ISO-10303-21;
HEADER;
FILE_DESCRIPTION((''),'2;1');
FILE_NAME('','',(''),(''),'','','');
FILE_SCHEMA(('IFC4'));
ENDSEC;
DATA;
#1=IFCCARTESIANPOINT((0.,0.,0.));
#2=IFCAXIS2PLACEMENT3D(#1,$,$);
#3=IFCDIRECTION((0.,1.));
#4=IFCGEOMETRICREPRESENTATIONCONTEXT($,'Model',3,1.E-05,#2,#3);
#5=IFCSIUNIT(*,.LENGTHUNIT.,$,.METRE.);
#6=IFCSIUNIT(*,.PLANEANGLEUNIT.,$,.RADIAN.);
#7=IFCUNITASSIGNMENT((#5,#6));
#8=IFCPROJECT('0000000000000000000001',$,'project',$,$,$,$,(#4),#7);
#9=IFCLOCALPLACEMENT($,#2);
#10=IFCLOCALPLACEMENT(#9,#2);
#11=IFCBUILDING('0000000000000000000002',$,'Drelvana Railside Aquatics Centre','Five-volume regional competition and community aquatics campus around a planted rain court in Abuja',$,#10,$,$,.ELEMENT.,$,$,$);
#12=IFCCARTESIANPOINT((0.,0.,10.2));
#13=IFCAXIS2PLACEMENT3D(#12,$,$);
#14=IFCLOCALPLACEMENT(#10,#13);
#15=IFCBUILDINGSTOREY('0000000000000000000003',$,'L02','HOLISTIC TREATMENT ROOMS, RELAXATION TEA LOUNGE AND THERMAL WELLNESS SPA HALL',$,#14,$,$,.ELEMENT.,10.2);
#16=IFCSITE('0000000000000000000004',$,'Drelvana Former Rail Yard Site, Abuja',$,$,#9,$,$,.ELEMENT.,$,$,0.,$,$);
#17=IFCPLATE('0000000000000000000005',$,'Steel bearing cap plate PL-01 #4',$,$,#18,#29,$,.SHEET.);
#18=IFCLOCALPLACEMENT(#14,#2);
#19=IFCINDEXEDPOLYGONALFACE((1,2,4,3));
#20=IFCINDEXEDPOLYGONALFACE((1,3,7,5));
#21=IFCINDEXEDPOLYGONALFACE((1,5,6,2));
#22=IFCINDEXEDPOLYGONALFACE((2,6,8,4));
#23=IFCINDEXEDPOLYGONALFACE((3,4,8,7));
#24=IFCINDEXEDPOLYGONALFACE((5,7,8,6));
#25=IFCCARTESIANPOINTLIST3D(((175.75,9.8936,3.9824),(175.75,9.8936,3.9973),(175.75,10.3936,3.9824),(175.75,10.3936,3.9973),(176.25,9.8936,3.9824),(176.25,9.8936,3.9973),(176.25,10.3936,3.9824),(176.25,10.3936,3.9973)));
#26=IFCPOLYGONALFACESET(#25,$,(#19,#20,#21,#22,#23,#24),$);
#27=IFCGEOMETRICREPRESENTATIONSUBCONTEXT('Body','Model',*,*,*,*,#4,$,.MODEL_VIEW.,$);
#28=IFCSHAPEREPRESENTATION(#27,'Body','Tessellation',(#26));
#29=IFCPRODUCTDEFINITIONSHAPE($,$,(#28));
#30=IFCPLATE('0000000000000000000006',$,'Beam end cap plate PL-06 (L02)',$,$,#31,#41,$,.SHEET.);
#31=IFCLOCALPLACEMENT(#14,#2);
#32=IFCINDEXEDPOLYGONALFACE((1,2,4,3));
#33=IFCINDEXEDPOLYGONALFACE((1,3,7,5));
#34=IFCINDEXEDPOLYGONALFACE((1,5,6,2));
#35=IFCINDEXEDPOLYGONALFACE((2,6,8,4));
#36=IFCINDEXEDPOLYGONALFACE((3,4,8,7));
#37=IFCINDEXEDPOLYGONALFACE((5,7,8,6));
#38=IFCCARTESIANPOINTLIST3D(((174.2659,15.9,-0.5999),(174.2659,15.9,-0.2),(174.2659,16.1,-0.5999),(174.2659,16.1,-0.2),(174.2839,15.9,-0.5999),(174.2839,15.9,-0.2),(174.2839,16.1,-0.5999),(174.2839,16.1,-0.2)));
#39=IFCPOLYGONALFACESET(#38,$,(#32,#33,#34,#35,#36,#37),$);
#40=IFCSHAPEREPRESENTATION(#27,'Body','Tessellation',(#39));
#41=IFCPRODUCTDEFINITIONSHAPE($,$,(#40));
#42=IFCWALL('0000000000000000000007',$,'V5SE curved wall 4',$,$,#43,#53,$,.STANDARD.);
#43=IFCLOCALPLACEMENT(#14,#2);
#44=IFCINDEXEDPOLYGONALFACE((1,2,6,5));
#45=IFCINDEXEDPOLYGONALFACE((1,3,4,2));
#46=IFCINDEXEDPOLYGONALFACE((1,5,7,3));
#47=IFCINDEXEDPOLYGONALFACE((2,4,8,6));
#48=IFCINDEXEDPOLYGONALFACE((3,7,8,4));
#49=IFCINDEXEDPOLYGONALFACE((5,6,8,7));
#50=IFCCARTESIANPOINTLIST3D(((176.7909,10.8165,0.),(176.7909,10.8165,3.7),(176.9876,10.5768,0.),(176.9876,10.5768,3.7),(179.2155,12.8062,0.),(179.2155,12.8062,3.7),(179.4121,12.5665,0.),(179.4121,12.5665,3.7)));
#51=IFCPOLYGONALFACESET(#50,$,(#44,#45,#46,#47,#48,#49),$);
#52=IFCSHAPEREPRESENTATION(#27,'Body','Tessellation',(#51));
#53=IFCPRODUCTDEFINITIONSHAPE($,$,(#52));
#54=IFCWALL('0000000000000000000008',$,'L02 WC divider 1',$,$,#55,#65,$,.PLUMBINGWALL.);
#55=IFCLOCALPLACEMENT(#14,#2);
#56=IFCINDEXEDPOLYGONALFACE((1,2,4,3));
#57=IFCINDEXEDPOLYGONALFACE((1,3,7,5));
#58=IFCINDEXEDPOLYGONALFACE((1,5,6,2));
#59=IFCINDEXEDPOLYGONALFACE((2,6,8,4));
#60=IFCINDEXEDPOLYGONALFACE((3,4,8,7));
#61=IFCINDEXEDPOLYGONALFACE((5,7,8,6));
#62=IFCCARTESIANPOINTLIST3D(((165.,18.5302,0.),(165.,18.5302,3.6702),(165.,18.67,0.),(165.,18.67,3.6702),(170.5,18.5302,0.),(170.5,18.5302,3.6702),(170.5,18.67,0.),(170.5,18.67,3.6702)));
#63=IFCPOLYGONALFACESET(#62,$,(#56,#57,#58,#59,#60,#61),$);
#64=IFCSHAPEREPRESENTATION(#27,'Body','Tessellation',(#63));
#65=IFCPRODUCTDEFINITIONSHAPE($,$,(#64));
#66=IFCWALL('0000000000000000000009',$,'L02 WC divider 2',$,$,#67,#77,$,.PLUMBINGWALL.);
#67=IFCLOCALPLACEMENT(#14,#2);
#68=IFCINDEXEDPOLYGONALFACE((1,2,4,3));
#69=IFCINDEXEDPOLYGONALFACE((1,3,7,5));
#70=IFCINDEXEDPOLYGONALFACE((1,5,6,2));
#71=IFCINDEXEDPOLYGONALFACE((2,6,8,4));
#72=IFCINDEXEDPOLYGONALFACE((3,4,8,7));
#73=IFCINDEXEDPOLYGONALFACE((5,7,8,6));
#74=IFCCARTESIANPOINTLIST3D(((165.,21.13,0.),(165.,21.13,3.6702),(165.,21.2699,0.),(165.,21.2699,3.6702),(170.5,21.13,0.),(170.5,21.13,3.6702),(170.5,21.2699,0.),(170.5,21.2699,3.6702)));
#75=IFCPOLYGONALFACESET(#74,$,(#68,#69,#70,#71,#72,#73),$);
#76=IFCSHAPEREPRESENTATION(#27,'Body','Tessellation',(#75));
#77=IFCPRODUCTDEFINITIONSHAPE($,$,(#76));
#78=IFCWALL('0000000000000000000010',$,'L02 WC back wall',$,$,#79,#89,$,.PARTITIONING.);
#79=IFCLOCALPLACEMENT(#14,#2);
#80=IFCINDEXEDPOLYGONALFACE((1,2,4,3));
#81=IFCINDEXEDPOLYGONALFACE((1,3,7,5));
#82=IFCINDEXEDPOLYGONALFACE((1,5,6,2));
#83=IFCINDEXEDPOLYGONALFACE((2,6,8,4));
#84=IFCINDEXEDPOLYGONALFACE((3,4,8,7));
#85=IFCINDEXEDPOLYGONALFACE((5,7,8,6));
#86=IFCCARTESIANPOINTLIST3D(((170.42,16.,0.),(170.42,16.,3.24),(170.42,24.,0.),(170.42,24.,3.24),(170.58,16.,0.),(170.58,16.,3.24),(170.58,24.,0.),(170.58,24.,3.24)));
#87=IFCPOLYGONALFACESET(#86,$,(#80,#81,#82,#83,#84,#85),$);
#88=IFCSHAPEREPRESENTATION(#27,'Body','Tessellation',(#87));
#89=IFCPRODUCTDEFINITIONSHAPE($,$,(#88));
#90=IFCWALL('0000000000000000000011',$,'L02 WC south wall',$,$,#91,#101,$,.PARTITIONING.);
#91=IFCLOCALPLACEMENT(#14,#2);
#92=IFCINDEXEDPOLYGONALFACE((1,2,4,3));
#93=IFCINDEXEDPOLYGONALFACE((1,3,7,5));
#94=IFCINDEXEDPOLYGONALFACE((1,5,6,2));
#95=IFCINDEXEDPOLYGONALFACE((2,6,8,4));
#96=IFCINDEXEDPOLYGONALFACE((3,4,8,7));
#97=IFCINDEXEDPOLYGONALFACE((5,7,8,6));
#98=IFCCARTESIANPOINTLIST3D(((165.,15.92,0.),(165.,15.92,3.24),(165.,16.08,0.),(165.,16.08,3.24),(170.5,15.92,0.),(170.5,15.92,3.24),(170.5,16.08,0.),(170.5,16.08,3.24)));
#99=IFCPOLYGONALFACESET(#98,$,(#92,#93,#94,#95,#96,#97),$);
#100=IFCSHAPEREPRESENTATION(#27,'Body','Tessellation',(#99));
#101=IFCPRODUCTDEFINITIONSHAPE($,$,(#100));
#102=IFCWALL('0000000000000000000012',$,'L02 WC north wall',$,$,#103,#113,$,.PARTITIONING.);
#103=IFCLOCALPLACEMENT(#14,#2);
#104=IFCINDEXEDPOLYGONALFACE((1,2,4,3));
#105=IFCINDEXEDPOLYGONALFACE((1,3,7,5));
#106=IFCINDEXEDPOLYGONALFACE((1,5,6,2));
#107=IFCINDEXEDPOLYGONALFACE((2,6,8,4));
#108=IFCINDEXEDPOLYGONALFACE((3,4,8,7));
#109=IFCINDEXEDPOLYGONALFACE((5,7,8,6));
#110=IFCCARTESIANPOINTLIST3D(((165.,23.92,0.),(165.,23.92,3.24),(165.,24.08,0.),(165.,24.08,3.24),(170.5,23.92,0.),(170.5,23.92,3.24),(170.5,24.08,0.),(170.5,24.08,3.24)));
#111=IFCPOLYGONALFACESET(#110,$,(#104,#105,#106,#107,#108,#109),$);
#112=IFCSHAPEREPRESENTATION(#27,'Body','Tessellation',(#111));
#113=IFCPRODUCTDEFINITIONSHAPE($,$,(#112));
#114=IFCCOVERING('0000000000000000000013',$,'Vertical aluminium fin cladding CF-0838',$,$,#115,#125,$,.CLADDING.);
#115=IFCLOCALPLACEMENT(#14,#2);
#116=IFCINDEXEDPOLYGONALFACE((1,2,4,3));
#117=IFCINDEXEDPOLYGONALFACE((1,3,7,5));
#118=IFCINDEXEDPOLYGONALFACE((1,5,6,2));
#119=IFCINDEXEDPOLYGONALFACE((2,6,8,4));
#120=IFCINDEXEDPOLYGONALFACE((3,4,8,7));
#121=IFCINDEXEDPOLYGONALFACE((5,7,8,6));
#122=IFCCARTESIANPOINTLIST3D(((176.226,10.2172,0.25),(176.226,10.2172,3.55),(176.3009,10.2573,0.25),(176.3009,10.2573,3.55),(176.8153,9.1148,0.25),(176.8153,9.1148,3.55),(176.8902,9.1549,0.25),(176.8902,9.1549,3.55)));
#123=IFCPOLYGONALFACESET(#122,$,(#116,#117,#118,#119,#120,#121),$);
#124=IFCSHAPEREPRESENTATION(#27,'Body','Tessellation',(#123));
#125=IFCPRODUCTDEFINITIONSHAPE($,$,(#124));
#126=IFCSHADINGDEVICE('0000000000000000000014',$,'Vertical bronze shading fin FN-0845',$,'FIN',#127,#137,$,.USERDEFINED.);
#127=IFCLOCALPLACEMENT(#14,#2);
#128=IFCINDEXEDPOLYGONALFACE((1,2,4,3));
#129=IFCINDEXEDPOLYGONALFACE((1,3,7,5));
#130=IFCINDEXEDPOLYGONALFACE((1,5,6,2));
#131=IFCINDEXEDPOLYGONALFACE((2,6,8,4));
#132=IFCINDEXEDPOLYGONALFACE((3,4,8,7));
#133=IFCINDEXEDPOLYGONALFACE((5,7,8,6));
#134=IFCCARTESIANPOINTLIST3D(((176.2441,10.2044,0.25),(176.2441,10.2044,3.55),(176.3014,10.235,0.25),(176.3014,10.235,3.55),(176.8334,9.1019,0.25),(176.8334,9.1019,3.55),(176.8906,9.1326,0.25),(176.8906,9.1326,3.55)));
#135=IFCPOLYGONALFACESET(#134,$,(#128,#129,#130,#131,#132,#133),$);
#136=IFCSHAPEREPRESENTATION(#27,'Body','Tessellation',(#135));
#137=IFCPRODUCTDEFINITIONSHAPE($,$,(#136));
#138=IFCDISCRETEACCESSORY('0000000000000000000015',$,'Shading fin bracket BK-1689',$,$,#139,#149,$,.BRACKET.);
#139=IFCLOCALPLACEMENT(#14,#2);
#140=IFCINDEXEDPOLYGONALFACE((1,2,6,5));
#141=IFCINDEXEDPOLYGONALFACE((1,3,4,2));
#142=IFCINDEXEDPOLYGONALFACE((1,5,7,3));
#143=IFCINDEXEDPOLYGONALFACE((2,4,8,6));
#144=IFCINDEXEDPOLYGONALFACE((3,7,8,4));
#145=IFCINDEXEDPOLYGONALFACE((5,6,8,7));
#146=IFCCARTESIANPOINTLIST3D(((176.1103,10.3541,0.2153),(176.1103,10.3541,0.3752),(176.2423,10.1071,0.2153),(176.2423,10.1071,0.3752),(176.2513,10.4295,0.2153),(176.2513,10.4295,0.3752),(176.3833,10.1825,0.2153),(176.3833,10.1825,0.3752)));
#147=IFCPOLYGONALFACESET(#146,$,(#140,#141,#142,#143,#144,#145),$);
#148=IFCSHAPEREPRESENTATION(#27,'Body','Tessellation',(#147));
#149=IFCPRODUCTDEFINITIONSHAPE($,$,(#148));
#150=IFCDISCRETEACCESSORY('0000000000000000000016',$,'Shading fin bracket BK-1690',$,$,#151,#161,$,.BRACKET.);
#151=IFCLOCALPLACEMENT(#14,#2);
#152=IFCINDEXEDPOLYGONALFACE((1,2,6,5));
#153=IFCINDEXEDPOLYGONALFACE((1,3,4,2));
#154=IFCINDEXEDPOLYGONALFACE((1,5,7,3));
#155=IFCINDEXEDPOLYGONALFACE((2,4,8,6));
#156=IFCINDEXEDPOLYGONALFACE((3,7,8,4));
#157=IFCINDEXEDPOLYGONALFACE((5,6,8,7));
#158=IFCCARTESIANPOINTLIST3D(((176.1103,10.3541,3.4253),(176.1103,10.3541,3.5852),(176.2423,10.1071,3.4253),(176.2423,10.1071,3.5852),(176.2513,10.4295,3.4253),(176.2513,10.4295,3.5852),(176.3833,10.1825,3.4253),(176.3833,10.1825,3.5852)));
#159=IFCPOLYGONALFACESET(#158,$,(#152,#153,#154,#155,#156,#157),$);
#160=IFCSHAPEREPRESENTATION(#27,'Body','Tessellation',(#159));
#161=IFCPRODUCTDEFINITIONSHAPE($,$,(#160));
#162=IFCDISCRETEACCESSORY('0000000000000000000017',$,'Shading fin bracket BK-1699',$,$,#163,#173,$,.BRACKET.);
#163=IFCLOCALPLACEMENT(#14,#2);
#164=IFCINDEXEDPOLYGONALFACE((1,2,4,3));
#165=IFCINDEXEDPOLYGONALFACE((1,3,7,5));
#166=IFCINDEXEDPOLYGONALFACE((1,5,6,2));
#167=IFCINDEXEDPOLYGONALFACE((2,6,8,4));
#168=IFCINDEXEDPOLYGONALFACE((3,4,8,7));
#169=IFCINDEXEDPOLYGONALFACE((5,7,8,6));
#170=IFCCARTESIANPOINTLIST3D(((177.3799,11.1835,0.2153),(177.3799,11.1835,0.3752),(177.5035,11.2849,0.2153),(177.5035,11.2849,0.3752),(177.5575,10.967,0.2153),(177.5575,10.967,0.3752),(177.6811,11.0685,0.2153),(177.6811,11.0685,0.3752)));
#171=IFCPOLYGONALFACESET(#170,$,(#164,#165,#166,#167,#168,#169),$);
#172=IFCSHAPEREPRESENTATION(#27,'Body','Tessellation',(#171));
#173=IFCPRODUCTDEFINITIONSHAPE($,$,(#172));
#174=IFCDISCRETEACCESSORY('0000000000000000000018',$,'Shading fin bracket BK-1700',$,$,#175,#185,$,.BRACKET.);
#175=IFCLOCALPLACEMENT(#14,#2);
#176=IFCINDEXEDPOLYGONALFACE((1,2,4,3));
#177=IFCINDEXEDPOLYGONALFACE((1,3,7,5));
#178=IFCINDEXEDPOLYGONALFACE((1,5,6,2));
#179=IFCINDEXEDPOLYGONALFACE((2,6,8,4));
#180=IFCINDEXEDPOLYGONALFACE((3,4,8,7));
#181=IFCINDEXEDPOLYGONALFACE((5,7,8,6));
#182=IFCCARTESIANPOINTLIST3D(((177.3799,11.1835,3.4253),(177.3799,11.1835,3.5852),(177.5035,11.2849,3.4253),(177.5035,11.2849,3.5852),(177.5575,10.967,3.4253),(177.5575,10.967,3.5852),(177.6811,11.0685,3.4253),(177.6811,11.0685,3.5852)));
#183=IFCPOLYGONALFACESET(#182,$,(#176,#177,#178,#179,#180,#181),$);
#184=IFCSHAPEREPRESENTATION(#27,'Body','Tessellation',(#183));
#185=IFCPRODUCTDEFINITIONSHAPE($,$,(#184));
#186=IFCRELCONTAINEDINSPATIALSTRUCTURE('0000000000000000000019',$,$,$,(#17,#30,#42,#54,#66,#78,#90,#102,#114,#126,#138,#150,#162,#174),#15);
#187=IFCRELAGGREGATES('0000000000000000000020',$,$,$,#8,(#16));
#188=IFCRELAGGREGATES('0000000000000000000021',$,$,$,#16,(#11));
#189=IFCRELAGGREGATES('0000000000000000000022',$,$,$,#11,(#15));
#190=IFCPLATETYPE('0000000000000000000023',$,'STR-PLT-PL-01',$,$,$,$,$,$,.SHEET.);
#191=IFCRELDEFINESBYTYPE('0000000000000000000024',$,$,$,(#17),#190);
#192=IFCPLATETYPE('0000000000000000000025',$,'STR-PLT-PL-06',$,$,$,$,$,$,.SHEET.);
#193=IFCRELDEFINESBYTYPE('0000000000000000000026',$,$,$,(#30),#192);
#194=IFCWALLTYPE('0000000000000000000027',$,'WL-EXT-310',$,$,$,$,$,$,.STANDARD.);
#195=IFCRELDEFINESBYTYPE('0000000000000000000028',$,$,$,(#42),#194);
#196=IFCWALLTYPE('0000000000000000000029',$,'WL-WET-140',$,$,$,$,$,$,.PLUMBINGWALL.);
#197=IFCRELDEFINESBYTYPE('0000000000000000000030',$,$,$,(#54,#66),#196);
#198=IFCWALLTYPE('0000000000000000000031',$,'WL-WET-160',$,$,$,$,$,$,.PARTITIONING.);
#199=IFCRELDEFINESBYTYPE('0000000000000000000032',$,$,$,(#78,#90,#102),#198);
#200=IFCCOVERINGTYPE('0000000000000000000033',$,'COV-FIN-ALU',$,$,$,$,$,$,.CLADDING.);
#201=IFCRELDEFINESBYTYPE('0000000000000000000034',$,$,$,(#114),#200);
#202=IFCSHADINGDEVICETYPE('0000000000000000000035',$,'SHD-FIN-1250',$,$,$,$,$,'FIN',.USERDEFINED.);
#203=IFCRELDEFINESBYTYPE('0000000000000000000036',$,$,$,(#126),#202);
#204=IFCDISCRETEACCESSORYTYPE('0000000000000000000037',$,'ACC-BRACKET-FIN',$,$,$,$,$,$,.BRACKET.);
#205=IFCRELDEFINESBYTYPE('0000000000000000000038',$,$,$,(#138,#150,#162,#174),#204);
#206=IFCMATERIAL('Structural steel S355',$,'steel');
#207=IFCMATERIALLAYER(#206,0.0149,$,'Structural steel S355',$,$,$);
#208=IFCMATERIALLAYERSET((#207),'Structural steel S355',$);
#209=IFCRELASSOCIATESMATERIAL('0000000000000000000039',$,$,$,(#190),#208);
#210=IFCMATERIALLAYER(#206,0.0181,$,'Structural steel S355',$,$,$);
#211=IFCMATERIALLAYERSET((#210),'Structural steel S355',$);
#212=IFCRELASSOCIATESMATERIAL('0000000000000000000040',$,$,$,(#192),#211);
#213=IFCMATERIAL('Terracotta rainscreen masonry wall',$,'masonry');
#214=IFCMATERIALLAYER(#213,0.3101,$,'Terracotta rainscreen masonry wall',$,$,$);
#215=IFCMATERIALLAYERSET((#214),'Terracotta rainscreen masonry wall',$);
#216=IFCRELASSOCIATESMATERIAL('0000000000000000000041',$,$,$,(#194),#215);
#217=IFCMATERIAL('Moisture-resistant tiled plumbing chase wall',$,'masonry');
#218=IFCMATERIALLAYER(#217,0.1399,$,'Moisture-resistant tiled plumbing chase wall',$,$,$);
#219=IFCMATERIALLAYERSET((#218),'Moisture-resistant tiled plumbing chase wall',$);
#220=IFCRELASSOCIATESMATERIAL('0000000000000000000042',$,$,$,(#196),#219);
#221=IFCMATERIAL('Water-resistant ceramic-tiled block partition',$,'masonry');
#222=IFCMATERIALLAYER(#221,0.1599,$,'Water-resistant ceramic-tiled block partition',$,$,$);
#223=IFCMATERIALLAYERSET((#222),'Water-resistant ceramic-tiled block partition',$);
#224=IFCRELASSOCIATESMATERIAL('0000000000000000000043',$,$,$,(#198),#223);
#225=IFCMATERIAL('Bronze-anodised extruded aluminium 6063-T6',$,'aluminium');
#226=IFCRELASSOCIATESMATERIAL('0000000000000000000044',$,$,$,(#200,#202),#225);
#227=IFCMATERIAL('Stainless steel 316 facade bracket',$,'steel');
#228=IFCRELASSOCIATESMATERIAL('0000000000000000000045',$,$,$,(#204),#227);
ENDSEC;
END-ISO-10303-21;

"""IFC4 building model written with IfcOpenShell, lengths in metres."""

from ifc_helpers import new_model, si_unit, direction, frame, frame_2d, origin, origin_2d, place, context, subcontext, project, spatial, rectangle, extrude, material, layer, layer_set, type_object, element, save


model = new_model("IFC4")

# Units and contexts
model_context = context("Model", 3, precision=1e-05, world=origin(), true_north=direction((0.0, 1.0)))
body_context = subcontext(model_context, "Body", "Model", "MODEL_VIEW")
ifc_project = project(units=[si_unit("LENGTHUNIT", "METRE"), si_unit("PLANEANGLEUNIT", "RADIAN")], contexts=[model_context])

# Site, building, storey
site_placement = place(None, origin())
site = spatial("IfcSite", under=ifc_project, at=site_placement, Name="Drelvana Former Rail Yard Site, Abuja", CompositionType="ELEMENT", RefElevation=0.0)
building_placement = place(site_placement, origin())
building = spatial("IfcBuilding", under=site, at=building_placement, Name="Drelvana Railside Aquatics Centre", Description="Five-volume regional competition and community aquatics campus around a planted rain court in Abuja", CompositionType="ELEMENT")
storey_placement = place(building_placement, frame((0.0, 0.0, 10.2)))
storey = spatial("IfcBuildingStorey", under=building, at=storey_placement, Name="L02", Description="HOLISTIC TREATMENT ROOMS, RELAXATION TEA LOUNGE AND THERMAL WELLNESS SPA HALL", CompositionType="ELEMENT", Elevation=10.2)

# Shared definitions
ifc_material_1 = material(Name="Structural steel S355", Category="steel")

# Plates
ifc_layer_1 = layer(ifc_material_1, 0.0149, Name="Structural steel S355")
ifc_layer_set_1 = layer_set([ifc_layer_1], Name="Structural steel S355")
plate_type_1 = type_object("IfcPlateType", Name="STR-PLT-PL-01", PredefinedType="SHEET", material=ifc_layer_set_1)
plate_1_placement = place(storey_placement, frame((176.0, 10.1436, 3.9824), z_axis=(0.0, 0.0, 1.0), x_axis=(1.0, 0.0, 0.0)))
element("IfcPlate", 1, at=plate_1_placement, inside=storey, type_object=plate_type_1, Name="Steel bearing cap plate PL-01 #4", PredefinedType="SHEET", context=body_context, shape_type="SweptSolid", body=[
    extrude(rectangle(XDim=0.5, YDim=0.5, at=origin_2d()), origin(), (0.0, 0.0, 1.0), 0.0149),
])
ifc_layer_2 = layer(ifc_material_1, 0.0181, Name="Structural steel S355")
ifc_layer_set_2 = layer_set([ifc_layer_2], Name="Structural steel S355")
plate_type_2 = type_object("IfcPlateType", Name="STR-PLT-PL-06", PredefinedType="SHEET", material=ifc_layer_set_2)
plate_2_placement = place(storey_placement, frame((174.2749, 16.0, -0.5999), z_axis=(0.0, 0.0, 1.0), x_axis=(1.0, 0.0, 0.0)))
element("IfcPlate", 2, at=plate_2_placement, inside=storey, type_object=plate_type_2, Name="Beam end cap plate PL-06 (L02)", PredefinedType="SHEET", context=body_context, shape_type="SweptSolid", body=[
    extrude(rectangle(XDim=0.0181, YDim=0.2, at=origin_2d()), origin(), (0.0, 0.0, 1.0), 0.3999),
])

# Walls
ifc_material_2 = material(Name="Terracotta rainscreen masonry wall", Category="masonry")
ifc_layer_3 = layer(ifc_material_2, 0.3101, Name="Terracotta rainscreen masonry wall")
ifc_layer_set_3 = layer_set([ifc_layer_3], Name="Terracotta rainscreen masonry wall")
wall_type_1 = type_object("IfcWallType", Name="WL-EXT-310", PredefinedType="STANDARD", material=ifc_layer_set_3)
wall_1_placement = place(storey_placement, frame((176.8892, 10.6965, 0.0), z_axis=(0.0, 0.0, 1.0), x_axis=(0.773017, 0.634386, 0.0)))
element("IfcWall", 3, at=wall_1_placement, inside=storey, type_object=wall_type_1, Name="V5SE curved wall 4", PredefinedType="STANDARD", context=body_context, shape_type="SweptSolid", body=[
    extrude(rectangle(XDim=3.1365, YDim=0.3101, at=frame_2d((1.5684, 0.0))), origin(), (0.0, 0.0, 1.0), 3.7),
])
ifc_material_3 = material(Name="Moisture-resistant tiled plumbing chase wall", Category="masonry")
ifc_layer_4 = layer(ifc_material_3, 0.1399, Name="Moisture-resistant tiled plumbing chase wall")
ifc_layer_set_4 = layer_set([ifc_layer_4], Name="Moisture-resistant tiled plumbing chase wall")
wall_type_2 = type_object("IfcWallType", Name="WL-WET-140", PredefinedType="PLUMBINGWALL", material=ifc_layer_set_4)
for number, where, z_axis, x_axis, name in (
    (4, (165.0, 18.6001, 0.0), (0.0, 0.0, 1.0), (1.0, 0.0, 0.0), "L02 WC divider 1"),
    (5, (165.0, 21.2, 0.0), (0.0, 0.0, 1.0), (1.0, 0.0, 0.0), "L02 WC divider 2"),
):
    element("IfcWall", number, at=place(storey_placement, frame(where, z_axis=z_axis, x_axis=x_axis)), inside=storey, type_object=wall_type_2, Name=name, PredefinedType="PLUMBINGWALL", context=body_context, shape_type="SweptSolid", body=[
        extrude(rectangle(XDim=5.5, YDim=0.1399, at=frame_2d((2.75, 0.0))), origin(), (0.0, 0.0, 1.0), 3.6702),
    ])
ifc_material_4 = material(Name="Water-resistant ceramic-tiled block partition", Category="masonry")
ifc_layer_5 = layer(ifc_material_4, 0.1599, Name="Water-resistant ceramic-tiled block partition")
ifc_layer_set_5 = layer_set([ifc_layer_5], Name="Water-resistant ceramic-tiled block partition")
wall_type_3 = type_object("IfcWallType", Name="WL-WET-160", PredefinedType="PARTITIONING", material=ifc_layer_set_5)
wall_2_placement = place(storey_placement, frame((170.5, 16.0, 0.0), z_axis=(0.0, 0.0, 1.0), x_axis=(0.0, 1.0, 0.0)))
element("IfcWall", 6, at=wall_2_placement, inside=storey, type_object=wall_type_3, Name="L02 WC back wall", PredefinedType="PARTITIONING", context=body_context, shape_type="SweptSolid", body=[
    extrude(rectangle(XDim=8.0, YDim=0.1599, at=frame_2d((4.0, 0.0))), origin(), (0.0, 0.0, 1.0), 3.24),
])
for number, where, z_axis, x_axis, name in (
    (7, (165.0, 16.0, 0.0), (0.0, 0.0, 1.0), (1.0, 0.0, 0.0), "L02 WC south wall"),
    (8, (165.0, 24.0, 0.0), (0.0, 0.0, 1.0), (1.0, 0.0, 0.0), "L02 WC north wall"),
):
    element("IfcWall", number, at=place(storey_placement, frame(where, z_axis=z_axis, x_axis=x_axis)), inside=storey, type_object=wall_type_3, Name=name, PredefinedType="PARTITIONING", context=body_context, shape_type="SweptSolid", body=[
        extrude(rectangle(XDim=5.5, YDim=0.1599, at=frame_2d((2.75, 0.0))), origin(), (0.0, 0.0, 1.0), 3.24),
    ])

# Covering
ifc_material_5 = material(Name="Bronze-anodised extruded aluminium 6063-T6", Category="aluminium")
covering_type = type_object("IfcCoveringType", Name="COV-FIN-ALU", PredefinedType="CLADDING", material=ifc_material_5)
covering_placement = place(storey_placement, frame((176.5581, 9.686, 0.25), z_axis=(0.0, 0.0, 1.0), x_axis=(-0.881921, -0.471397, 0.0)))
element("IfcCovering", 9, at=covering_placement, inside=storey, type_object=covering_type, Name="Vertical aluminium fin cladding CF-0838", PredefinedType="CLADDING", context=body_context, shape_type="SweptSolid", body=[
    extrude(rectangle(XDim=0.085, YDim=1.25, at=origin_2d()), origin(), (0.0, 0.0, 1.0), 3.3),
])

# Shading device
shading_device_type = type_object("IfcShadingDeviceType", Name="SHD-FIN-1250", ElementType="FIN", PredefinedType="USERDEFINED", material=ifc_material_5)
shading_device_placement = place(storey_placement, frame((176.5674, 9.6685, 0.25), z_axis=(0.0, 0.0, 1.0), x_axis=(0.471397, -0.881921, 0.0)))
element("IfcShadingDevice", 10, at=shading_device_placement, inside=storey, type_object=shading_device_type, Name="Vertical bronze shading fin FN-0845", ObjectType="FIN", PredefinedType="USERDEFINED", context=body_context, shape_type="SweptSolid", body=[
    extrude(rectangle(XDim=1.25, YDim=0.0649, at=origin_2d()), origin(), (0.0, 0.0, 1.0), 3.3),
])

# Discrete accessories
ifc_material_6 = material(Name="Stainless steel 316 facade bracket", Category="steel")
discrete_accessory_type = type_object("IfcDiscreteAccessoryType", Name="ACC-BRACKET-FIN", PredefinedType="BRACKET", material=ifc_material_6)
for number, where, z_axis, x_axis, name in (
    (11, (176.2468, 10.2683, 0.2153), (0.0, 0.0, 1.0), (0.471397, -0.881921, 0.0), "Shading fin bracket BK-1689"),
    (12, (176.2468, 10.2683, 3.4253), (0.0, 0.0, 1.0), (0.471397, -0.881921, 0.0), "Shading fin bracket BK-1690"),
    (13, (177.5305, 11.126, 0.2153), (0.0, 0.0, 1.0), (0.634393, -0.77301, 0.0), "Shading fin bracket BK-1699"),
    (14, (177.5305, 11.126, 3.4253), (0.0, 0.0, 1.0), (0.634393, -0.77301, 0.0), "Shading fin bracket BK-1700"),
):
    element("IfcDiscreteAccessory", number, at=place(storey_placement, frame(where, z_axis=z_axis, x_axis=x_axis)), inside=storey, type_object=discrete_accessory_type, Name=name, PredefinedType="BRACKET", context=body_context, shape_type="SweptSolid", body=[
        extrude(rectangle(XDim=0.28, YDim=0.1599, at=origin_2d()), origin(), (0.0, 0.0, 1.0), 0.1599),
    ])

save(model, "model.ifc")
